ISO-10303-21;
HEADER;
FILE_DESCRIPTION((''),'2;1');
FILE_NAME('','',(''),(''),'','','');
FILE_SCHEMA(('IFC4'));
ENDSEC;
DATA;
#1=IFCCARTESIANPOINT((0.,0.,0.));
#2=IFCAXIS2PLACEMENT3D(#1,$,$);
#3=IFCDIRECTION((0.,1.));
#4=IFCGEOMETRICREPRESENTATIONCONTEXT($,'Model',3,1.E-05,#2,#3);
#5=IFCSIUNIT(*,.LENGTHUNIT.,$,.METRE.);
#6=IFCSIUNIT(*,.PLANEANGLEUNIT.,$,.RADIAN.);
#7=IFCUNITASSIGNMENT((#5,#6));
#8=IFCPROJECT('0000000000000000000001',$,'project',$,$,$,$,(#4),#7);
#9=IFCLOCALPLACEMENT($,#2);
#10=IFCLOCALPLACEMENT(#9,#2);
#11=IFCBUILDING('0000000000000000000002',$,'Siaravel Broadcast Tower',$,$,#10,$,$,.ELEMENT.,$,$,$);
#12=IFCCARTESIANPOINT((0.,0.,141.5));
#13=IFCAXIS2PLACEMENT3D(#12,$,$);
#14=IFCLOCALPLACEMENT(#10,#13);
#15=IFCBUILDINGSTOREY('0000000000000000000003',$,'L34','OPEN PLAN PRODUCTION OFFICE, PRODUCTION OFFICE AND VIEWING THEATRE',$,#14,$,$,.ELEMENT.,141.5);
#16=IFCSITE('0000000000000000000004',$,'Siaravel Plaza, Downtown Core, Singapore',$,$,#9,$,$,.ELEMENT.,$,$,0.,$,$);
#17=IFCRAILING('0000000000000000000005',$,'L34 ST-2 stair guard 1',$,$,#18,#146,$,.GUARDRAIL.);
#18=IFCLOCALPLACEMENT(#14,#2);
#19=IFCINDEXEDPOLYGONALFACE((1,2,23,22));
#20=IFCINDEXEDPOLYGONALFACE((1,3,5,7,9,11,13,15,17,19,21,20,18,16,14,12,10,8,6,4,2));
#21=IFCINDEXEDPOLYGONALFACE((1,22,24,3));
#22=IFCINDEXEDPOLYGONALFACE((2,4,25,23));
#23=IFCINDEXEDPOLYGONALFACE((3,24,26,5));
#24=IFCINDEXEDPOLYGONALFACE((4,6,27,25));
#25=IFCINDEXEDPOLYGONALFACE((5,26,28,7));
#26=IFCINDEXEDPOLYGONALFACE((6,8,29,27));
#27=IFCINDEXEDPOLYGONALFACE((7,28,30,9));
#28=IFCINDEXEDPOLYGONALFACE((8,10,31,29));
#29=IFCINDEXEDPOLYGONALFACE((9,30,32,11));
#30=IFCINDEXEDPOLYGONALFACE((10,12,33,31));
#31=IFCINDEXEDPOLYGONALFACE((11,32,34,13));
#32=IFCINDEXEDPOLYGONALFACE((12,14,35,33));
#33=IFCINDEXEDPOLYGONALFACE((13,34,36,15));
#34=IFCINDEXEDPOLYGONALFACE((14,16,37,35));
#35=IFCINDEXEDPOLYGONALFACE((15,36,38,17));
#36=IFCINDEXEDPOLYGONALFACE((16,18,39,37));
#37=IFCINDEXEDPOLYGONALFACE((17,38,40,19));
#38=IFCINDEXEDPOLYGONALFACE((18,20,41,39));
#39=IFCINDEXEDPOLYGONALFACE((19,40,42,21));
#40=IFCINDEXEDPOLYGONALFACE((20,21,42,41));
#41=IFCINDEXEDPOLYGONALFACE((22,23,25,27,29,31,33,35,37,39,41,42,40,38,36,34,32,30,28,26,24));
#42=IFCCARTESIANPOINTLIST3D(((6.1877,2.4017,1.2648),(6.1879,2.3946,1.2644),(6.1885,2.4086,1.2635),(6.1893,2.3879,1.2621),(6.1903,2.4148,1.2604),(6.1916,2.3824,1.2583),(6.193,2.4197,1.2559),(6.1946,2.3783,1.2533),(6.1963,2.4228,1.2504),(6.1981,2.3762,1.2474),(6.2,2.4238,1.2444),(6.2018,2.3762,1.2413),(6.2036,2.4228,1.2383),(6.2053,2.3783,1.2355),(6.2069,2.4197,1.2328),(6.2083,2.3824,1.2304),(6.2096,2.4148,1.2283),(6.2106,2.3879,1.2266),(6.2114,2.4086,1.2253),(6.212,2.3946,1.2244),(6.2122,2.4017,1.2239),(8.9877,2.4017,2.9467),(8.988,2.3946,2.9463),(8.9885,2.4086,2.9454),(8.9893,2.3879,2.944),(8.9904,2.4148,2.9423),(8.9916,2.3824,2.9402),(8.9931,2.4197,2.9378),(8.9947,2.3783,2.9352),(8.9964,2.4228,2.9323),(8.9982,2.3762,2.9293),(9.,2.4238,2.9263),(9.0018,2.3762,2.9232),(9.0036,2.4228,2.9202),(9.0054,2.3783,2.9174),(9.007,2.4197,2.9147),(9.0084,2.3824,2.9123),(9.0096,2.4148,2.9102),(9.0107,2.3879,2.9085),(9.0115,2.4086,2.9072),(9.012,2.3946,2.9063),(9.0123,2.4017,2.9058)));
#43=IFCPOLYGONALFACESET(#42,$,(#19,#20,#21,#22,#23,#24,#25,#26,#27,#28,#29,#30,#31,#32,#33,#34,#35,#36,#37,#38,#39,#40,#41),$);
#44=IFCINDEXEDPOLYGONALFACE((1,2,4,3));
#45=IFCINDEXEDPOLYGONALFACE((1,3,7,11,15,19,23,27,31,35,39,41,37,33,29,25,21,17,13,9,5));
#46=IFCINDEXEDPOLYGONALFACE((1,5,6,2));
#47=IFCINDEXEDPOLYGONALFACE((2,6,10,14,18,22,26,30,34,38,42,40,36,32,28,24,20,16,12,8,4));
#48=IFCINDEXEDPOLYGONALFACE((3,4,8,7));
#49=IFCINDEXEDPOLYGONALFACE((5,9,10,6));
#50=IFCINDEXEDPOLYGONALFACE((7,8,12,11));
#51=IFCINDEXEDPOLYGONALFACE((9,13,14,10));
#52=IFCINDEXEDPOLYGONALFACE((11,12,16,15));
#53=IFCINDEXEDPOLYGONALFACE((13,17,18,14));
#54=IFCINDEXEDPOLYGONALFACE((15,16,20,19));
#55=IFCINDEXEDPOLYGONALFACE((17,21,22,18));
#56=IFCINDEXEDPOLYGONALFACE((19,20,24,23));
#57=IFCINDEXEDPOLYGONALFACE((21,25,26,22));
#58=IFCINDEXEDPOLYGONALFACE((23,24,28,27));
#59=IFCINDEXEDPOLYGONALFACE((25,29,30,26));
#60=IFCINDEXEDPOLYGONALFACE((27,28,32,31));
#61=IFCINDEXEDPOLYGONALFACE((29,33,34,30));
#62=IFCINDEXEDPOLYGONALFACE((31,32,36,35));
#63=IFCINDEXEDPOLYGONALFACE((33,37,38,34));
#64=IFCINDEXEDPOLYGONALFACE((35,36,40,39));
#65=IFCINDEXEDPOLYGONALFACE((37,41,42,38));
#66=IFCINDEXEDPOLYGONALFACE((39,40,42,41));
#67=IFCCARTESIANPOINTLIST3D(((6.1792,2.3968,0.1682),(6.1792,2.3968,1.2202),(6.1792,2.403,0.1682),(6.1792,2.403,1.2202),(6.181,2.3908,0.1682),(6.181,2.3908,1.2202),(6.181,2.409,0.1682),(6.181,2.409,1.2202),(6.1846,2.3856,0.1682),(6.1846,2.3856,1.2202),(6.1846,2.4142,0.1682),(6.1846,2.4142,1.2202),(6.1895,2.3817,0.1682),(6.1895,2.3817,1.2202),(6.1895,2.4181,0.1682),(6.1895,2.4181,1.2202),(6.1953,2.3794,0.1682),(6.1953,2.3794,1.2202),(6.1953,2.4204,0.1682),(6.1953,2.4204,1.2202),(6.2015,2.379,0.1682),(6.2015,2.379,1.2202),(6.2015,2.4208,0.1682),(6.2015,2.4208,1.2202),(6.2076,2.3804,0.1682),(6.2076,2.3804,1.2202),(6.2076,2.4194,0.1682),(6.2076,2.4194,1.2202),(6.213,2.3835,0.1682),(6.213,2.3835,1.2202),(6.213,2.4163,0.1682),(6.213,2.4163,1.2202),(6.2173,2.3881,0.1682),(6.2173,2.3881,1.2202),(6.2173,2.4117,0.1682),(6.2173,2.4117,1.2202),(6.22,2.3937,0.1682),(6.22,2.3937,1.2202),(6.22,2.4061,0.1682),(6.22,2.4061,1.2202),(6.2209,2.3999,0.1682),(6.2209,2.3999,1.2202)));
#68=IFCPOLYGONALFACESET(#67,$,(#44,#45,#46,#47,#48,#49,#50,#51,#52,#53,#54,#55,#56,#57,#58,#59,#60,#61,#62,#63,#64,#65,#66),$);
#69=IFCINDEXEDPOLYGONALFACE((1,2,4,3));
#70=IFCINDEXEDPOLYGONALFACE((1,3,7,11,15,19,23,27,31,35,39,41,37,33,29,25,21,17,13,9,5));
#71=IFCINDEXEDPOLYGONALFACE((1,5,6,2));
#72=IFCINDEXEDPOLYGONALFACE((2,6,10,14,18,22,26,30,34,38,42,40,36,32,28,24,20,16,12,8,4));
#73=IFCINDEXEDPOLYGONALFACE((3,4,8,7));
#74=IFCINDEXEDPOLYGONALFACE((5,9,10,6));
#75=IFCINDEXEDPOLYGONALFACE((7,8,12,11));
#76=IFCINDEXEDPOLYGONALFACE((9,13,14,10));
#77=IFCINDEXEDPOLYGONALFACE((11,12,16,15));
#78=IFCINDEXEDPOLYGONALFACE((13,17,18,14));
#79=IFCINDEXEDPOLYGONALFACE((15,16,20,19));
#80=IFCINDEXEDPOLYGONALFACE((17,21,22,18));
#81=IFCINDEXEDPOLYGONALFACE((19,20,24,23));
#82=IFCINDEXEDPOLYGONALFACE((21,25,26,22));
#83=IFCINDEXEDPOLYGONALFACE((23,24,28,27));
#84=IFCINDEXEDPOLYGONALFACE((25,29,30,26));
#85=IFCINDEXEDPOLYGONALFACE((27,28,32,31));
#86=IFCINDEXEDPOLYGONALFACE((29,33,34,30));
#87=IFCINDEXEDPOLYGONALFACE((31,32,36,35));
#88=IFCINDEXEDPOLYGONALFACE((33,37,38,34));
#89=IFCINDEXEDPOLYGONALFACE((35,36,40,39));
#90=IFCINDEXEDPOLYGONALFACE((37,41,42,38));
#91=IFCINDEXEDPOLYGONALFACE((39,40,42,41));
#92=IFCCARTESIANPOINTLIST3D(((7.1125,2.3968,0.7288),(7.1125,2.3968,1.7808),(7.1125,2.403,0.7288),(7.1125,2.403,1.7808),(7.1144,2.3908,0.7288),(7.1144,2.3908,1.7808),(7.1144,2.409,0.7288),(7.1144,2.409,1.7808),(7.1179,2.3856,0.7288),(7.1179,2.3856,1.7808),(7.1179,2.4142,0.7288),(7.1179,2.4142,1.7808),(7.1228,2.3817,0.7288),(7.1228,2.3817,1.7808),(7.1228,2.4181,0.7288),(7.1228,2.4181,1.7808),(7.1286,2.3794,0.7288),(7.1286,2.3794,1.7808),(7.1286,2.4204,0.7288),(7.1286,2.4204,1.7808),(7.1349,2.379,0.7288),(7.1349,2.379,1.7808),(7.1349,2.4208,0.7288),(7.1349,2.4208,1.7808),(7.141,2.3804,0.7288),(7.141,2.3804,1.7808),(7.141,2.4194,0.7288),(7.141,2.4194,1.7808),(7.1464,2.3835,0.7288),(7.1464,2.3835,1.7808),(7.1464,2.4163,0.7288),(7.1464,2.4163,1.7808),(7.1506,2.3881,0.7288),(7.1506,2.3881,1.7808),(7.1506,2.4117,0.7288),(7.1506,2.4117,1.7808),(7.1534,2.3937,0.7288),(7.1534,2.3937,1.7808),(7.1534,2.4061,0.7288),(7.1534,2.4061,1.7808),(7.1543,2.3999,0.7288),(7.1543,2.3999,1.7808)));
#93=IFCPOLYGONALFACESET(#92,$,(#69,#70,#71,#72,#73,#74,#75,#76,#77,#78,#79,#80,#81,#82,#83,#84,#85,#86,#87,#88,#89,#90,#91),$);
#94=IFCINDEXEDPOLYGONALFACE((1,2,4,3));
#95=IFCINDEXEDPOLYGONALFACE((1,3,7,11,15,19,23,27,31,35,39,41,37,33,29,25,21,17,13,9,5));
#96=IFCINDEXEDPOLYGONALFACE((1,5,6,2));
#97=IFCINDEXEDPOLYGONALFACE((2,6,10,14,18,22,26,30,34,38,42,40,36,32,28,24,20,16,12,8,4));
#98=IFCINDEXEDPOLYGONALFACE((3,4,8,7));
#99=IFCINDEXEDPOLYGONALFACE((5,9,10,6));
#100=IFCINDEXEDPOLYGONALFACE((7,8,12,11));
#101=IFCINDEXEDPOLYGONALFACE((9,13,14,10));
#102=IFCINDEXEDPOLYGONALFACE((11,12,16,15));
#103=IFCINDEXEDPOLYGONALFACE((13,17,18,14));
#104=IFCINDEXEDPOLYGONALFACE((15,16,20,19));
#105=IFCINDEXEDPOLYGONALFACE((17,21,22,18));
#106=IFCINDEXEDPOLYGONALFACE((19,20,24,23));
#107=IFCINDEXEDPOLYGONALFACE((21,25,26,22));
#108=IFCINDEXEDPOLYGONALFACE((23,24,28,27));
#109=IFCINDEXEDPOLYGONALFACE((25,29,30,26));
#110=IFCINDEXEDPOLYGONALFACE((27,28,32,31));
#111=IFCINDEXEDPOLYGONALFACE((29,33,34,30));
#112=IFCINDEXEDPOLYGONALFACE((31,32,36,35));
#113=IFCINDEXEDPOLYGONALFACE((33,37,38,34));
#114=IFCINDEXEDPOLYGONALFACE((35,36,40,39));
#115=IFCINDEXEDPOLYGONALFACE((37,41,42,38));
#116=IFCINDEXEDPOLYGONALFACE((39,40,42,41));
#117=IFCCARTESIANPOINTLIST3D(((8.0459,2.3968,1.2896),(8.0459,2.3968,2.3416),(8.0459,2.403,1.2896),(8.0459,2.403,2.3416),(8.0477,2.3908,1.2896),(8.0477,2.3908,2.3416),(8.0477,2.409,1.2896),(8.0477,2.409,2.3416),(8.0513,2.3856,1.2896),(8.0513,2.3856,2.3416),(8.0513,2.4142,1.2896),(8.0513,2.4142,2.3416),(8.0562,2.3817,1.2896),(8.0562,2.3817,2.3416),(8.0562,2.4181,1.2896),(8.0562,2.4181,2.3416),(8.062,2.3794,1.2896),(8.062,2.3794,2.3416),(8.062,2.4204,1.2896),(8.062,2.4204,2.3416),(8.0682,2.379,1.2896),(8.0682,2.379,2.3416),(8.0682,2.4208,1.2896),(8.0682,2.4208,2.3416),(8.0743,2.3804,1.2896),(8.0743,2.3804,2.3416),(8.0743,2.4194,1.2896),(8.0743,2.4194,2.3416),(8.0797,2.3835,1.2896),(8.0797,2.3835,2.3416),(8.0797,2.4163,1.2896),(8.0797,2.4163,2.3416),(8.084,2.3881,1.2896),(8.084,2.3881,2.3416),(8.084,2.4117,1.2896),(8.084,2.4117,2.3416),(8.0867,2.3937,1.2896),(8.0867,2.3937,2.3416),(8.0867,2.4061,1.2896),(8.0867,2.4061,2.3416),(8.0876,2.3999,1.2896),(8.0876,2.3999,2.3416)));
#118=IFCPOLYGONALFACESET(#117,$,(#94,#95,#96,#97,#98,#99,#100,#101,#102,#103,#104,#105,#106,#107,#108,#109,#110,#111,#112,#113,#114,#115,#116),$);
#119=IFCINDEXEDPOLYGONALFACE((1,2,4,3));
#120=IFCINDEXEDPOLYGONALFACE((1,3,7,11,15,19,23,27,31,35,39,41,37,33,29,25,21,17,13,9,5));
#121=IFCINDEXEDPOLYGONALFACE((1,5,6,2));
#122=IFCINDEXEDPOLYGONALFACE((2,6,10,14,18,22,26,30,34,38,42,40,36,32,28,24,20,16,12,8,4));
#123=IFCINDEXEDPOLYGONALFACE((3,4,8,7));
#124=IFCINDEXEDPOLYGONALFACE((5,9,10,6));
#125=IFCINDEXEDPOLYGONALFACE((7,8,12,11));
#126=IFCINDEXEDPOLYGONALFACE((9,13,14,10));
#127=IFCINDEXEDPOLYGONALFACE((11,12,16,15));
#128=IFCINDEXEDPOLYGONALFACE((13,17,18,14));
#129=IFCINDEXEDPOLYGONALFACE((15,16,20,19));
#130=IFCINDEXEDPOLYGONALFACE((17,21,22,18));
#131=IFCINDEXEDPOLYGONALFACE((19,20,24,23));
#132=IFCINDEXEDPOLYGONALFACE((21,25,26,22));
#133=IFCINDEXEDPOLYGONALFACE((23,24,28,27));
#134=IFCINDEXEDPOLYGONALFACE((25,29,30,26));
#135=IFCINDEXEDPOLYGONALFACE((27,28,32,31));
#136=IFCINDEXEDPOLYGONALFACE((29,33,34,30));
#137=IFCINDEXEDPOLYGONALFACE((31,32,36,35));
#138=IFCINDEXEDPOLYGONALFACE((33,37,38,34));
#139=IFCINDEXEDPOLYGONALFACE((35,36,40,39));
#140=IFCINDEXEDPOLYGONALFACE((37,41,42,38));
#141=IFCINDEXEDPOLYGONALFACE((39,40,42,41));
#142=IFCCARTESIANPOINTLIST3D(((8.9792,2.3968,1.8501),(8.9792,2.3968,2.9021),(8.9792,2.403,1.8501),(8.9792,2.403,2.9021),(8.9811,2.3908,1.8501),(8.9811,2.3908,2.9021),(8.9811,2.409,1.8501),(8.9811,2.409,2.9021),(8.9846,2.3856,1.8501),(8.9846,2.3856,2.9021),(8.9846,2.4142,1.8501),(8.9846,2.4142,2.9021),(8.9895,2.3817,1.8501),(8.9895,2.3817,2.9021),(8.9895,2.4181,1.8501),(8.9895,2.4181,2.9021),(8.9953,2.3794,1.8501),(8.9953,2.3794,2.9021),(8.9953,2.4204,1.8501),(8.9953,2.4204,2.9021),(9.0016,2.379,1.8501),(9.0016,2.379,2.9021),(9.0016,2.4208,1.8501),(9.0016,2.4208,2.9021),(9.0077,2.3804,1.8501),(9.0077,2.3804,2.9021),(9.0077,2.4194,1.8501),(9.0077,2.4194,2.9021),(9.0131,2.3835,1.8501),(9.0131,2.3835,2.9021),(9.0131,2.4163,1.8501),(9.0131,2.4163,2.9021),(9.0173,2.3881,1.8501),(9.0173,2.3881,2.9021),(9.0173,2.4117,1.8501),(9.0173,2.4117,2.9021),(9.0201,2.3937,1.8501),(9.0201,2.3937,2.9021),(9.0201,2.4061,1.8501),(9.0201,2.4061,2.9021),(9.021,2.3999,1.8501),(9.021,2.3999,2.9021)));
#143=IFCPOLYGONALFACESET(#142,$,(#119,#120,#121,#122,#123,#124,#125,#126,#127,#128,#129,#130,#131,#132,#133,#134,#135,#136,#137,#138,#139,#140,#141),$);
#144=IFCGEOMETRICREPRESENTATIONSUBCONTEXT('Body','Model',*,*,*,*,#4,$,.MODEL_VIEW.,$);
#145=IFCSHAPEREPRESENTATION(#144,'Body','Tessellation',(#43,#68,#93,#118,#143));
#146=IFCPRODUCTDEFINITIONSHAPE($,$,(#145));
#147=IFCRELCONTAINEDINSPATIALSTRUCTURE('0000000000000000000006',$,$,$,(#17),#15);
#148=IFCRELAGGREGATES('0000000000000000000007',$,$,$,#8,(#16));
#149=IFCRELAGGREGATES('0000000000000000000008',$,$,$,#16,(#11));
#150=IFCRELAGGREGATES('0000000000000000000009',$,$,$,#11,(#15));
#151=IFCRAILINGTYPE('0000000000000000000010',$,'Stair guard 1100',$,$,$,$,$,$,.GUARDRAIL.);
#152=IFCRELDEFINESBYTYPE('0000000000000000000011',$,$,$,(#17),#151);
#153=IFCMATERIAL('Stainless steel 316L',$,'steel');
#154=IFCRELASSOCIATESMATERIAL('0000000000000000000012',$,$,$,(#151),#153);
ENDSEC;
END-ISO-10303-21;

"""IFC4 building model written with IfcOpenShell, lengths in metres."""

from ifc_helpers import new_model, si_unit, direction, frame, origin, origin_2d, place, context, subcontext, project, spatial, circle, extrude, material, type_object, element, save


model = new_model("IFC4")

# Units and contexts
model_context = context("Model", 3, precision=1e-05, world=origin(), true_north=direction((0.0, 1.0)))
body_context = subcontext(model_context, "Body", "Model", "MODEL_VIEW")
ifc_project = project(units=[si_unit("LENGTHUNIT", "METRE"), si_unit("PLANEANGLEUNIT", "RADIAN")], contexts=[model_context])

# Site, building, storey
site_placement = place(None, origin())
site = spatial("IfcSite", under=ifc_project, at=site_placement, Name="Siaravel Plaza, Downtown Core, Singapore", CompositionType="ELEMENT", RefElevation=0.0)
building_placement = place(site_placement, origin())
building = spatial("IfcBuilding", under=site, at=building_placement, Name="Siaravel Broadcast Tower", CompositionType="ELEMENT")
storey_placement = place(building_placement, frame((0.0, 0.0, 141.5)))
storey = spatial("IfcBuildingStorey", under=building, at=storey_placement, Name="L34", Description="OPEN PLAN PRODUCTION OFFICE, PRODUCTION OFFICE AND VIEWING THEATRE", CompositionType="ELEMENT", Elevation=141.5)

# Railing
ifc_material_1 = material(Name="Stainless steel 316L", Category="steel")
railing_type_1 = type_object("IfcRailingType", Name="Stair guard 1100", PredefinedType="GUARDRAIL", material=ifc_material_1)
railing_1_placement = place(storey_placement, frame((6.2, 2.3999, 0.1682)))
element("IfcRailing", 1, at=railing_1_placement, inside=storey, type_object=railing_type_1, Name="L34 ST-2 stair guard 1", PredefinedType="GUARDRAIL", context=body_context, shape_type="SweptSolid", body=[
    extrude(circle(Radius=0.0239, at=origin_2d()), frame((0.0, 0.0, 1.0762), z_axis=(0.857242, 0.0, 0.514913), x_axis=(0.0, 1.0, 0.0)), (0.0, 0.0, 1.0), 3.2664),
    extrude(circle(Radius=0.021, at=origin_2d()), origin(), (0.0, 0.0, 1.0), 1.052),
    extrude(circle(Radius=0.021, at=origin_2d()), frame((0.9333, 0.0, 0.5605)), (0.0, 0.0, 1.0), 1.052),
    extrude(circle(Radius=0.021, at=origin_2d()), frame((1.8667, 0.0, 1.1213)), (0.0, 0.0, 1.0), 1.052),
    extrude(circle(Radius=0.021, at=origin_2d()), frame((2.8, 0.0, 1.6819)), (0.0, 0.0, 1.0), 1.052),
])

save(model, "model.ifc")
